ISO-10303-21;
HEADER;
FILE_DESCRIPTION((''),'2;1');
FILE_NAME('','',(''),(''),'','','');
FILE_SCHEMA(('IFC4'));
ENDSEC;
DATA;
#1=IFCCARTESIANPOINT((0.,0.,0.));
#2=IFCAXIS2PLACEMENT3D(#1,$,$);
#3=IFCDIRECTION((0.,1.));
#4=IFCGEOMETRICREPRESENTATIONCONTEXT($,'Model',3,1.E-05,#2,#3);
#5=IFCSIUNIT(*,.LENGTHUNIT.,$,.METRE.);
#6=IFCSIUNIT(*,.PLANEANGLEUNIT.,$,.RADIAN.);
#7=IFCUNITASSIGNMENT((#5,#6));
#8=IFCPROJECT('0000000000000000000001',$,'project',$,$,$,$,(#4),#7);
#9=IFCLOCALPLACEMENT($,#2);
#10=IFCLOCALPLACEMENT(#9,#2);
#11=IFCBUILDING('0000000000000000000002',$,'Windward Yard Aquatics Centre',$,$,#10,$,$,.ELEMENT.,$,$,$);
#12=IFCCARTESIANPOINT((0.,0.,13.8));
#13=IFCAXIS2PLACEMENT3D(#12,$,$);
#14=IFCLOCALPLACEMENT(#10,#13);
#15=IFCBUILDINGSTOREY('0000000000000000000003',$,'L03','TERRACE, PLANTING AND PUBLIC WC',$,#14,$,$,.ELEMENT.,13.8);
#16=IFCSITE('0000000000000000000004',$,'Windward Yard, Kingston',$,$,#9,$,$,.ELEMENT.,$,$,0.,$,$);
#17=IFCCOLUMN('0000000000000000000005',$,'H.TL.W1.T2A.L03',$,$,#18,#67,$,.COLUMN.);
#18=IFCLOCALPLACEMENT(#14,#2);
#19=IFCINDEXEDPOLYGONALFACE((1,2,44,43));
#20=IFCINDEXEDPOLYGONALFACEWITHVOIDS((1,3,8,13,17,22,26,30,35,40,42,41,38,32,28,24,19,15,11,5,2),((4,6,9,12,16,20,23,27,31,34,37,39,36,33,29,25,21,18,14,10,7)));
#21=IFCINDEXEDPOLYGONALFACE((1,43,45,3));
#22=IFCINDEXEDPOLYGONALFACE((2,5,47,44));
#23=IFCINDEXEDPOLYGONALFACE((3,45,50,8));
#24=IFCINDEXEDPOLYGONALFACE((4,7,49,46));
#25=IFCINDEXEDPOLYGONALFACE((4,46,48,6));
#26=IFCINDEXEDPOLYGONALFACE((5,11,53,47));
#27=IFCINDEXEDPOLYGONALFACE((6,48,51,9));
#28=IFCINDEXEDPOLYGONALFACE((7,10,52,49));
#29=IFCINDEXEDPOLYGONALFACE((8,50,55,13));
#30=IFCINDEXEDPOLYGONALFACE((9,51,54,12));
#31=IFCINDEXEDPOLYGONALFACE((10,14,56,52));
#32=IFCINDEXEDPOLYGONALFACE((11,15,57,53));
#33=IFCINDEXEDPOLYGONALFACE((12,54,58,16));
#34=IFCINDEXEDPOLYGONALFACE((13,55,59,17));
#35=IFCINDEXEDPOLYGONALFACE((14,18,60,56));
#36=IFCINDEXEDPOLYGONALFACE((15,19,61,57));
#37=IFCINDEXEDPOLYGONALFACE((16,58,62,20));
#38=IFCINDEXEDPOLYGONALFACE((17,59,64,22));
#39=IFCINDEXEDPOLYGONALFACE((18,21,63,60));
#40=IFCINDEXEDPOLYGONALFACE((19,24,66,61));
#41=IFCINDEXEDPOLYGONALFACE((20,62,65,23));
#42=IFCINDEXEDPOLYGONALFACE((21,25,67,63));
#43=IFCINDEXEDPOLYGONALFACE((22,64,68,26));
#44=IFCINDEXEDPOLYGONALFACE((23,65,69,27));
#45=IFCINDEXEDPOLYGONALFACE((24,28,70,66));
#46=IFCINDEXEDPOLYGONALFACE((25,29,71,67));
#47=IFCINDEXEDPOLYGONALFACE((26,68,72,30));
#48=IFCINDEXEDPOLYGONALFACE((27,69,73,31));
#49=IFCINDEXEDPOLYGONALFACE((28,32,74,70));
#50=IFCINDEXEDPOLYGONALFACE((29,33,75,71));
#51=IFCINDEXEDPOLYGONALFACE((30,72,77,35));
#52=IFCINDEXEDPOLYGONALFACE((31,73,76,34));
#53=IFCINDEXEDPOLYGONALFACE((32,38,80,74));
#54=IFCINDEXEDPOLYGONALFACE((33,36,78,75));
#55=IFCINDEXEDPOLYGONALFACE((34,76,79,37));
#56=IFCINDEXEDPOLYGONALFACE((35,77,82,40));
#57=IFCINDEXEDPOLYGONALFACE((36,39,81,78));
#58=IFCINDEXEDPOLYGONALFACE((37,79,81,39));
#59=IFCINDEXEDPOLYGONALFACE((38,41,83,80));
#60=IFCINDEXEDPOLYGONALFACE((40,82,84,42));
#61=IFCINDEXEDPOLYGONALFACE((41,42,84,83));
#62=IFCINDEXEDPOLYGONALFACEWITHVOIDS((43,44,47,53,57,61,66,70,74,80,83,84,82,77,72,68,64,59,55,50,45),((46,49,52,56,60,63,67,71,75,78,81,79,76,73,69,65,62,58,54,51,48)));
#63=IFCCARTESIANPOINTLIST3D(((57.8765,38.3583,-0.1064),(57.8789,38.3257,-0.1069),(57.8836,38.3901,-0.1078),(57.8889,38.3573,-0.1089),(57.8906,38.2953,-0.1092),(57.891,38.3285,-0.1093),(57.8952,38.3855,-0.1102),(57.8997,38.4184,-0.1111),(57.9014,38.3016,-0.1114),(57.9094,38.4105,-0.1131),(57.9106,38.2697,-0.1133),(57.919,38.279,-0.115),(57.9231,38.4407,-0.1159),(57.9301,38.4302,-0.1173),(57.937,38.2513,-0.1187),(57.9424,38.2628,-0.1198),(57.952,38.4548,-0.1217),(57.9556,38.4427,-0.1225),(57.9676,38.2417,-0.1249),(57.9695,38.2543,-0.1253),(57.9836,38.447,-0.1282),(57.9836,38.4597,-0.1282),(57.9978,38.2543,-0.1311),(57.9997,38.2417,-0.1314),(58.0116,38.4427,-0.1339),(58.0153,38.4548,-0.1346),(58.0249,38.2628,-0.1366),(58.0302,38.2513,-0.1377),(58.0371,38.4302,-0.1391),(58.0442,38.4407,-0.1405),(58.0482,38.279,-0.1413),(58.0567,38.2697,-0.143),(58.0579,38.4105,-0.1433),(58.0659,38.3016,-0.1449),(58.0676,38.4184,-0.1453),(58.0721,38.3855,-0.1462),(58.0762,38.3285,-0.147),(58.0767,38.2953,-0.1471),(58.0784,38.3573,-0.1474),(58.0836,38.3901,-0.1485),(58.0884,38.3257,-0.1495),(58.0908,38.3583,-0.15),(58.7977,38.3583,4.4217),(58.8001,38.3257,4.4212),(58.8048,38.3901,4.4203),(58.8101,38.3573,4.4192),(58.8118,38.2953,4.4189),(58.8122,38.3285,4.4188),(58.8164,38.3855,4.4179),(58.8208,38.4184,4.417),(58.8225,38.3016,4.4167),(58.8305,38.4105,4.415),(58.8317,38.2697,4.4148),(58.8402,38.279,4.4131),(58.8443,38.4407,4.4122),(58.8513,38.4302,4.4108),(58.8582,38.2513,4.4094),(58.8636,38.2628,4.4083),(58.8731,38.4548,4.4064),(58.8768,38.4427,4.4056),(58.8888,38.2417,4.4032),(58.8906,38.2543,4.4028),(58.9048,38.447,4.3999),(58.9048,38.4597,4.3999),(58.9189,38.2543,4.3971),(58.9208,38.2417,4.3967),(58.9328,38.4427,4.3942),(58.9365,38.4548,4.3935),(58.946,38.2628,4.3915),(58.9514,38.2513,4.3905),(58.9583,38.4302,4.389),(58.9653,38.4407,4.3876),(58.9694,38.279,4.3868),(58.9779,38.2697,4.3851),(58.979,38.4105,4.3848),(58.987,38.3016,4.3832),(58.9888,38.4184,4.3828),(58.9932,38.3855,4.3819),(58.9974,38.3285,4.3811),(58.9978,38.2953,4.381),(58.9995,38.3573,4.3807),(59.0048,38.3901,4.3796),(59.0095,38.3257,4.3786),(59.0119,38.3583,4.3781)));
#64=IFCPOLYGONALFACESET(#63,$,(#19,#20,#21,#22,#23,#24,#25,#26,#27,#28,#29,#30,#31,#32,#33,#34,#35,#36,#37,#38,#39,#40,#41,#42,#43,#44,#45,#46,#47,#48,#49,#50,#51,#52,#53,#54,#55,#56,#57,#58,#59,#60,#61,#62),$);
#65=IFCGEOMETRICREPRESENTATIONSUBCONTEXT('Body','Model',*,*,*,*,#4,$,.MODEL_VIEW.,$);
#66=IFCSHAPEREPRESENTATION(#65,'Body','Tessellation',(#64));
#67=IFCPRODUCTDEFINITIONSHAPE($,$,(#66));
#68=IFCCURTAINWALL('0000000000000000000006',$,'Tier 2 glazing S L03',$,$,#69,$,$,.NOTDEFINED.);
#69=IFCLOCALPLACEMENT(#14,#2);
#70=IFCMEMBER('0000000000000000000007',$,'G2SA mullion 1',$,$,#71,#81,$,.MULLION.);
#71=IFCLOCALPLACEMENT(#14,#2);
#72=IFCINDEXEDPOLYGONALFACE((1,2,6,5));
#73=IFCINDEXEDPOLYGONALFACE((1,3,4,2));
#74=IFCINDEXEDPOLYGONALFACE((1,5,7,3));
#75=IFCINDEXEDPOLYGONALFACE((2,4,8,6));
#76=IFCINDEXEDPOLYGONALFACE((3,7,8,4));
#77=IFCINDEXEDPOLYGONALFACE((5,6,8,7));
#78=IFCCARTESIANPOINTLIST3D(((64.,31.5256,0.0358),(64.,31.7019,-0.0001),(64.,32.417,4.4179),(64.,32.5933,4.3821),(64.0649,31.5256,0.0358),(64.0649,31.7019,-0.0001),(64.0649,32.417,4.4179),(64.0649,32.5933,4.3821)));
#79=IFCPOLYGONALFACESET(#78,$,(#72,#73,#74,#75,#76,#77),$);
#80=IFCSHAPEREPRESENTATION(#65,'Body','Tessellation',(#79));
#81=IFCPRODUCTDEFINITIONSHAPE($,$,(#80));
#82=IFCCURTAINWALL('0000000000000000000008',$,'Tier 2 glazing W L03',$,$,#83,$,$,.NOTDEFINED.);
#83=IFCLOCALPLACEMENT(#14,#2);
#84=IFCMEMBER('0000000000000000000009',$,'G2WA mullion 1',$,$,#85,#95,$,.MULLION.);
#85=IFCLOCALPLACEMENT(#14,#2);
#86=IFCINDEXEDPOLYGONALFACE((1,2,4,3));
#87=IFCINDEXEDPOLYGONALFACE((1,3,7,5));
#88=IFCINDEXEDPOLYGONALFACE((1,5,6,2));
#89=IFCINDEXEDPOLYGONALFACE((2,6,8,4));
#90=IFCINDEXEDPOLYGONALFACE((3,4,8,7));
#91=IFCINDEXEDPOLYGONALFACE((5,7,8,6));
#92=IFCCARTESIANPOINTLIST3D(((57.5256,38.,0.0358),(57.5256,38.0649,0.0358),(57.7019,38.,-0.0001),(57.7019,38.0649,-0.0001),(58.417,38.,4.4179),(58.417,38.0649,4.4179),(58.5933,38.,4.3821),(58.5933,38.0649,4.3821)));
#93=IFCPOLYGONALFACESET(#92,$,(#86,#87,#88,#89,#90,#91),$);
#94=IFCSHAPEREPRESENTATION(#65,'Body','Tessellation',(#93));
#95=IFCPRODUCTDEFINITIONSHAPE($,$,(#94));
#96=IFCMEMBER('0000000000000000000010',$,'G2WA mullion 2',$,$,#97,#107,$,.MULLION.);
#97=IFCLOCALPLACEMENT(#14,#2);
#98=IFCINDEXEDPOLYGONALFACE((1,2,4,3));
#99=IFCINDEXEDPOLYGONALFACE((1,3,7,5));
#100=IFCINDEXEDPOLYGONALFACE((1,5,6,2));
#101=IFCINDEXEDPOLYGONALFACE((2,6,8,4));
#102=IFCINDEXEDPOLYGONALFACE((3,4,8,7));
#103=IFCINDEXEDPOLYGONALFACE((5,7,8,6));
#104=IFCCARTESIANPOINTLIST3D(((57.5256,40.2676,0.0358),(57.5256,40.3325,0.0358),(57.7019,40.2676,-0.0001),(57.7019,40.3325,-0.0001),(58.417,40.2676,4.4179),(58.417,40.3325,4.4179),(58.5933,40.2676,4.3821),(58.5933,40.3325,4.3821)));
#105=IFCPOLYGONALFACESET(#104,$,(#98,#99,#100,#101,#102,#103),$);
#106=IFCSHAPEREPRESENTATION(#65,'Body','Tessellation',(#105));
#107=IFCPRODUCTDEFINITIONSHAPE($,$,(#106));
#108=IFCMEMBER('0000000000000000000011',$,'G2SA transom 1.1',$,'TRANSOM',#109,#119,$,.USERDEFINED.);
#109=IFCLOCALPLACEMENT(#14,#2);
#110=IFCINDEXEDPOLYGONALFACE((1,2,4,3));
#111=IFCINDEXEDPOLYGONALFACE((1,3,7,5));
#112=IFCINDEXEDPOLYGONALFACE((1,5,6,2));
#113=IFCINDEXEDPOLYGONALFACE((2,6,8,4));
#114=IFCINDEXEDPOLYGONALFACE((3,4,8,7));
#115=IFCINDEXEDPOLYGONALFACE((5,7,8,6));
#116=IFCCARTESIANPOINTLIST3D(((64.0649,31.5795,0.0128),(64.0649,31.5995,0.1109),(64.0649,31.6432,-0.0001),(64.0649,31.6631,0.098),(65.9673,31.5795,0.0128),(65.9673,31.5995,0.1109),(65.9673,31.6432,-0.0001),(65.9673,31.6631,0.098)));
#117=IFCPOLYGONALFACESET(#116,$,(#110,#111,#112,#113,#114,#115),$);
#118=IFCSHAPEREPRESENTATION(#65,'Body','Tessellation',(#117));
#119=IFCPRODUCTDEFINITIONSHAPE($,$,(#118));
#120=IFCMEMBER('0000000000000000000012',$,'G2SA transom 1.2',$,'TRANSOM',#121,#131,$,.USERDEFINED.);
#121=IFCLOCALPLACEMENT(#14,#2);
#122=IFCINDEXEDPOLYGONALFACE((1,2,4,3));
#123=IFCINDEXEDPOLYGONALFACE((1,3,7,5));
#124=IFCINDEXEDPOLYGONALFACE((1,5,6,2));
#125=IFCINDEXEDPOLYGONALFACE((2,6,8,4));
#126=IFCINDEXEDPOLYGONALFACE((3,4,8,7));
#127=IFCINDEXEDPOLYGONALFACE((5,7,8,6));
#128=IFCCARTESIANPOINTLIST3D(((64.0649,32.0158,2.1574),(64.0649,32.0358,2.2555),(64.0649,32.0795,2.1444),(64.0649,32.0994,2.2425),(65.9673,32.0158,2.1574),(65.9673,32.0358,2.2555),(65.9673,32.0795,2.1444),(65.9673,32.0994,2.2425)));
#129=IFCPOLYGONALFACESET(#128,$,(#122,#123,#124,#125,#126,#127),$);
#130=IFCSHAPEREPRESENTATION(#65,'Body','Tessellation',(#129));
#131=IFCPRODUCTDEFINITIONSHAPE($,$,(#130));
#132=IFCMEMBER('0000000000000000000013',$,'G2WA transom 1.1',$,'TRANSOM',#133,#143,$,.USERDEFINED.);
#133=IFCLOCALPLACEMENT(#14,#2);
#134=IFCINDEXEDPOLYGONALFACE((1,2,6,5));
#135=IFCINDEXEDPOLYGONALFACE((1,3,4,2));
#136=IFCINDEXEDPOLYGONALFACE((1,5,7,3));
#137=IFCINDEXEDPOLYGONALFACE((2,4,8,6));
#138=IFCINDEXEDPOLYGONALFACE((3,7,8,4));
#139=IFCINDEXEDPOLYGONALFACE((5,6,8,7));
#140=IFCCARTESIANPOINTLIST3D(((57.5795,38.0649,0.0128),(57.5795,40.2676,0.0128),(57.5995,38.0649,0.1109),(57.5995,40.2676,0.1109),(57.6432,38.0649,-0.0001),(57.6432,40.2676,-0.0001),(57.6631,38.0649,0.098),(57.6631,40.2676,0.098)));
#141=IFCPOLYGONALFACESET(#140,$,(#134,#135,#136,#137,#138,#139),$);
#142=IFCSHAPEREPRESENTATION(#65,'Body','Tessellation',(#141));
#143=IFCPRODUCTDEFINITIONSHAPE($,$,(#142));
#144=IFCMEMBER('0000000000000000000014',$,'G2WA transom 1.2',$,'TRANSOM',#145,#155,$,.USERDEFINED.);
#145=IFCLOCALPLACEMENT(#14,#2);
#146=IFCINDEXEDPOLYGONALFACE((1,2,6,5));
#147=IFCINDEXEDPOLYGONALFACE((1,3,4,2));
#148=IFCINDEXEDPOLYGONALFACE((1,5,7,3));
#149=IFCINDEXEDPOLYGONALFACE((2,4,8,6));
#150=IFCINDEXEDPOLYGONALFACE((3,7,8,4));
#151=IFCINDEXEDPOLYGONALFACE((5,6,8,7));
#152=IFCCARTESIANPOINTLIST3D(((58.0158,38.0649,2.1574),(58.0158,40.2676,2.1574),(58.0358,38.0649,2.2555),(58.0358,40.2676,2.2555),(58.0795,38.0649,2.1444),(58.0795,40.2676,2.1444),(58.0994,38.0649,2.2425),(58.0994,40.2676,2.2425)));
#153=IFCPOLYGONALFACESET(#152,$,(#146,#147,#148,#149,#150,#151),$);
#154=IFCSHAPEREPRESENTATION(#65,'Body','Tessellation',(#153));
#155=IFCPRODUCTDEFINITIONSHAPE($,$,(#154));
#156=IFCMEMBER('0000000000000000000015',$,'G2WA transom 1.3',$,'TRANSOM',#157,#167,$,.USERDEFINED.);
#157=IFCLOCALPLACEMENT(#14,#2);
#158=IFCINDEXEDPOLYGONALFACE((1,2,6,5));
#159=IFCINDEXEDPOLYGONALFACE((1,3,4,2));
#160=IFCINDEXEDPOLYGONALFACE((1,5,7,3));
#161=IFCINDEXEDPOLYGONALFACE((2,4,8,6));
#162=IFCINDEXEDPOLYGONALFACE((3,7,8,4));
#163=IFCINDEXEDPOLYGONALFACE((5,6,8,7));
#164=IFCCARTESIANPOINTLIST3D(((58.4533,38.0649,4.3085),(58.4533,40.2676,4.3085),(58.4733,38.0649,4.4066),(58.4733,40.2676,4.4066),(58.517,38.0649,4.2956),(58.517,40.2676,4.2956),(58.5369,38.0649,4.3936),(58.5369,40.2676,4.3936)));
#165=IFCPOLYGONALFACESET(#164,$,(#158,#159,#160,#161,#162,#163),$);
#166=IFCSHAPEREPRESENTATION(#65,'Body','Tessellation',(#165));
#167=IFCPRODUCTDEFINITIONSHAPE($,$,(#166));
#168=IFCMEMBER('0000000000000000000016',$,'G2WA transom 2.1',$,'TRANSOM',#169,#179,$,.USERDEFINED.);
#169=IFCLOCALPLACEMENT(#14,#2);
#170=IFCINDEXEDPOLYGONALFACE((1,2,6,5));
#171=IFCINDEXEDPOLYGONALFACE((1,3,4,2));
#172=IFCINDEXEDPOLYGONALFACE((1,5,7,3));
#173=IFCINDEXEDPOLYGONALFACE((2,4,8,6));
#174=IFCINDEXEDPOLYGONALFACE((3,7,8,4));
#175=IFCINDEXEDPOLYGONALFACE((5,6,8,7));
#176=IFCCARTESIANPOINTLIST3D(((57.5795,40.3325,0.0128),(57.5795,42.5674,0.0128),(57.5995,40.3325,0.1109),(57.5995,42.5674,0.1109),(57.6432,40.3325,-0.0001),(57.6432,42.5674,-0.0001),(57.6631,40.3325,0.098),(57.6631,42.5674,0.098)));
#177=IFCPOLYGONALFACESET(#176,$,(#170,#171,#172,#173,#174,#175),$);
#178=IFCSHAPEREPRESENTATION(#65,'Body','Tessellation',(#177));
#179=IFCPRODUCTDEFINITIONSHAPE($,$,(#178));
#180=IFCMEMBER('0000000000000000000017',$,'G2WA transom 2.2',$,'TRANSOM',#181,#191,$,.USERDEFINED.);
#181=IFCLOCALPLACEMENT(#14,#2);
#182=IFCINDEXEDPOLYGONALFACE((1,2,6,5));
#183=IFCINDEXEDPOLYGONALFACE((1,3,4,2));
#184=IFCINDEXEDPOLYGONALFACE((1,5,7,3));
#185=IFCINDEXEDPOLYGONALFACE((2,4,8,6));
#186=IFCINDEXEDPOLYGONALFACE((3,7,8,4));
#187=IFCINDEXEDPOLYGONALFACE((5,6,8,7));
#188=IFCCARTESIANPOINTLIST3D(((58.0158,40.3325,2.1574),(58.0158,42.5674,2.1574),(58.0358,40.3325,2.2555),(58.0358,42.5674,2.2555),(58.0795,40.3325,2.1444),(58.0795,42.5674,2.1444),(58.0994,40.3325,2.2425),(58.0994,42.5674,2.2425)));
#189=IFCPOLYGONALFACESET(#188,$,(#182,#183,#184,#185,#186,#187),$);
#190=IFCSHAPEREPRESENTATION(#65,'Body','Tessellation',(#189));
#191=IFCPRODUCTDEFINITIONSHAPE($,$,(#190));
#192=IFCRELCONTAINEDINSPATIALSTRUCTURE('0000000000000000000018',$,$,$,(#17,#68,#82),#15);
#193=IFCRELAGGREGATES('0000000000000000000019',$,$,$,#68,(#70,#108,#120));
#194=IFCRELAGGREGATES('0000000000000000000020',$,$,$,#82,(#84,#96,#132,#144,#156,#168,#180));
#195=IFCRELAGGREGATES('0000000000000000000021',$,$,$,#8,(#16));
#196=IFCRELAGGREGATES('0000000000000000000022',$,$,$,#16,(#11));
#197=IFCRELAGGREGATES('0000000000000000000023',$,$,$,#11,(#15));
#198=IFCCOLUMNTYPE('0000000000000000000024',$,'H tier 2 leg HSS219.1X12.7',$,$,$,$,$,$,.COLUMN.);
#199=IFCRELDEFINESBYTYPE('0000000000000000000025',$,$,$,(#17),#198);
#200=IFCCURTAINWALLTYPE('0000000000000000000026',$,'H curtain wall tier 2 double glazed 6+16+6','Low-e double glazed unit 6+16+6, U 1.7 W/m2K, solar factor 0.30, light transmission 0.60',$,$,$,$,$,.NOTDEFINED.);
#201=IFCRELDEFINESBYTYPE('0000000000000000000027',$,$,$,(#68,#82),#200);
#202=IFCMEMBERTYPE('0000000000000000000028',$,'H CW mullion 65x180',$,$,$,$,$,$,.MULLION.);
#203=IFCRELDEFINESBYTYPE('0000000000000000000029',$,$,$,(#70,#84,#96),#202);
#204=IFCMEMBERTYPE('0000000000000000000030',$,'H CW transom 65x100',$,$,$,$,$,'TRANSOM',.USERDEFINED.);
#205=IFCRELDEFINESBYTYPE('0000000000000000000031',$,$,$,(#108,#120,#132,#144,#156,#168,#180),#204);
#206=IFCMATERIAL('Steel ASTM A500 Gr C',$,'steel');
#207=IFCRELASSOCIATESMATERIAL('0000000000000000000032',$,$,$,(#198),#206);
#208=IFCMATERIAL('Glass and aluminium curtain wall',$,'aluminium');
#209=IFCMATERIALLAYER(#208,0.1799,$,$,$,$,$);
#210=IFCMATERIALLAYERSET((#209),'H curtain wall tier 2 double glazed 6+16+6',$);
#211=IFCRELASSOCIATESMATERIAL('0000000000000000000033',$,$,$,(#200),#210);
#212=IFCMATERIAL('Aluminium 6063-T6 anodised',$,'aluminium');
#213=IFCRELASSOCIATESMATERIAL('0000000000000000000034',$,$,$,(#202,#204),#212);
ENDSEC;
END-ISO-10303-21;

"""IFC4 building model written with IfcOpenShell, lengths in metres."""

from ifc_helpers import new_model, si_unit, direction, frame, origin, origin_2d, place, context, subcontext, project, spatial, rectangle, hollow_circle, extrude, material, layer, layer_set, material_profile, profile_set, type_object, element, aggregate, save


model = new_model("IFC4")

# Units and contexts
model_context = context("Model", 3, precision=1e-05, world=origin(), true_north=direction((0.0, 1.0)))
body_context = subcontext(model_context, "Body", "Model", "MODEL_VIEW")
ifc_project = project(units=[si_unit("LENGTHUNIT", "METRE"), si_unit("PLANEANGLEUNIT", "RADIAN")], contexts=[model_context])

# Site, building, storey
site_placement = place(None, origin())
site = spatial("IfcSite", under=ifc_project, at=site_placement, Name="Windward Yard, Kingston", CompositionType="ELEMENT", RefElevation=0.0)
building_placement = place(site_placement, origin())
building = spatial("IfcBuilding", under=site, at=building_placement, Name="Windward Yard Aquatics Centre", CompositionType="ELEMENT")
storey_placement = place(building_placement, frame((0.0, 0.0, 13.8)))
storey = spatial("IfcBuildingStorey", under=building, at=storey_placement, Name="L03", Description="TERRACE, PLANTING AND PUBLIC WC", CompositionType="ELEMENT", Elevation=13.8)

# Column
ifc_material_1 = material(Name="Steel ASTM A500 Gr C", Category="steel")
ifc_material_profile_1 = material_profile(ifc_material_1, hollow_circle(Radius=0.1096, WallThickness=0.0127, at=origin_2d()), Name="HSS219.1X12.7")
ifc_profile_set_1 = profile_set([ifc_material_profile_1], Name="Steel ASTM A500 Gr C")
column_type = type_object("IfcColumnType", Name="H tier 2 leg HSS219.1X12.7", PredefinedType="COLUMN", material=ifc_profile_set_1)
column_placement = place(storey_placement, frame((57.9836, 38.3501, -0.1282), z_axis=(0.199346, 0.0, 0.979929), x_axis=(0.0, 1.0, 0.0)))
element("IfcColumn", 1, at=column_placement, inside=storey, type_object=column_type, Name="H.TL.W1.T2A.L03", PredefinedType="COLUMN", context=body_context, shape_type="SweptSolid", body=[
    extrude(hollow_circle(Radius=0.1096, WallThickness=0.0127, at=origin_2d()), origin(), (0.0, 0.0, 1.0), 4.6208),
])

# Curtain wall, member
ifc_material_2 = material(Name="Glass and aluminium curtain wall", Category="aluminium")
ifc_layer_1 = layer(ifc_material_2, 0.1799)
ifc_layer_set_1 = layer_set([ifc_layer_1], Name="H curtain wall tier 2 double glazed 6+16+6")
curtain_wall_type = type_object("IfcCurtainWallType", Name="H curtain wall tier 2 double glazed 6+16+6", Description="Low-e double glazed unit 6+16+6, U 1.7 W/m2K, solar factor 0.30, light transmission 0.60", PredefinedType="NOTDEFINED", material=ifc_layer_set_1)
curtain_wall_1_placement = place(storey_placement, origin())
curtain_wall_1 = element("IfcCurtainWall", 2, at=curtain_wall_1_placement, inside=storey, type_object=curtain_wall_type, Name="Tier 2 glazing S L03", PredefinedType="NOTDEFINED")
ifc_material_3 = material(Name="Aluminium 6063-T6 anodised", Category="aluminium")
ifc_material_profile_2 = material_profile(ifc_material_3, rectangle(XDim=0.0649, YDim=0.1799, at=origin_2d()), Name="H CW mullion 65x180")
ifc_profile_set_2 = profile_set([ifc_material_profile_2], Name="Aluminium 6063-T6 anodised")
member_type_1 = type_object("IfcMemberType", Name="H CW mullion 65x180", PredefinedType="MULLION", material=ifc_profile_set_2)
member_1_placement = place(storey_placement, frame((64.0325, 31.6138, 0.0178), z_axis=(0.0, 0.199328, 0.979933), x_axis=(-1.0, 0.0, 0.0)))
member_1 = element("IfcMember", 3, at=member_1_placement, type_object=member_type_1, Name="G2SA mullion 1", PredefinedType="MULLION", context=body_context, shape_type="SweptSolid", body=[
    extrude(rectangle(XDim=0.0649, YDim=0.1799, at=origin_2d()), origin(), (0.0, 0.0, 1.0), 4.4719),
])

# Curtain wall, members
curtain_wall_2_placement = place(storey_placement, origin())
curtain_wall_2 = element("IfcCurtainWall", 4, at=curtain_wall_2_placement, inside=storey, type_object=curtain_wall_type, Name="Tier 2 glazing W L03", PredefinedType="NOTDEFINED")
member_2_placement = place(storey_placement, frame((57.6138, 38.0325, 0.0178), z_axis=(0.199328, 0.0, 0.979933), x_axis=(0.0, 1.0, 0.0)))
member_2 = element("IfcMember", 5, at=member_2_placement, type_object=member_type_1, Name="G2WA mullion 1", PredefinedType="MULLION", context=body_context, shape_type="SweptSolid", body=[
    extrude(rectangle(XDim=0.0649, YDim=0.1799, at=origin_2d()), origin(), (0.0, 0.0, 1.0), 4.4719),
])
member_3_placement = place(storey_placement, frame((57.6138, 40.3, 0.0178), z_axis=(0.199328, 0.0, 0.979933), x_axis=(0.0, 1.0, 0.0)))
member_3 = element("IfcMember", 6, at=member_3_placement, type_object=member_type_1, Name="G2WA mullion 2", PredefinedType="MULLION", context=body_context, shape_type="SweptSolid", body=[
    extrude(rectangle(XDim=0.0649, YDim=0.1799, at=origin_2d()), origin(), (0.0, 0.0, 1.0), 4.4719),
])

# Members
ifc_material_profile_3 = material_profile(ifc_material_3, rectangle(XDim=0.0649, YDim=0.1001, at=origin_2d()), Name="H CW transom 65x100")
ifc_profile_set_3 = profile_set([ifc_material_profile_3], Name="Aluminium 6063-T6 anodised")
member_type_2 = type_object("IfcMemberType", Name="H CW transom 65x100", ElementType="TRANSOM", PredefinedType="USERDEFINED", material=ifc_profile_set_3)
member_4_placement = place(storey_placement, frame((64.0649, 31.6213, 0.0554), z_axis=(1.0, 0.0, 0.0), x_axis=(0.0, -0.979925, 0.199368)))
member_4 = element("IfcMember", 7, at=member_4_placement, type_object=member_type_2, Name="G2SA transom 1.1", ObjectType="TRANSOM", PredefinedType="USERDEFINED", context=body_context, shape_type="SweptSolid", body=[
    extrude(rectangle(XDim=0.0649, YDim=0.1001, at=origin_2d()), origin(), (0.0, 0.0, 1.0), 1.9023),
])
member_5_placement = place(storey_placement, frame((64.0649, 32.0576, 2.2), z_axis=(1.0, 0.0, 0.0), x_axis=(0.0, -0.979925, 0.199368)))
member_5 = element("IfcMember", 8, at=member_5_placement, type_object=member_type_2, Name="G2SA transom 1.2", ObjectType="TRANSOM", PredefinedType="USERDEFINED", context=body_context, shape_type="SweptSolid", body=[
    extrude(rectangle(XDim=0.0649, YDim=0.1001, at=origin_2d()), origin(), (0.0, 0.0, 1.0), 1.9023),
])
member_6_placement = place(storey_placement, frame((57.6213, 38.0649, 0.0554), z_axis=(0.0, 1.0, 0.0), x_axis=(-0.979925, 0.0, 0.199368)))
member_6 = element("IfcMember", 9, at=member_6_placement, type_object=member_type_2, Name="G2WA transom 1.1", ObjectType="TRANSOM", PredefinedType="USERDEFINED", context=body_context, shape_type="SweptSolid", body=[
    extrude(rectangle(XDim=0.0649, YDim=0.1001, at=origin_2d()), origin(), (0.0, 0.0, 1.0), 2.2026),
])
member_7_placement = place(storey_placement, frame((58.0576, 38.0649, 2.2), z_axis=(0.0, 1.0, 0.0), x_axis=(-0.979925, 0.0, 0.199368)))
member_7 = element("IfcMember", 10, at=member_7_placement, type_object=member_type_2, Name="G2WA transom 1.2", ObjectType="TRANSOM", PredefinedType="USERDEFINED", context=body_context, shape_type="SweptSolid", body=[
    extrude(rectangle(XDim=0.0649, YDim=0.1001, at=origin_2d()), origin(), (0.0, 0.0, 1.0), 2.2026),
])
member_8_placement = place(storey_placement, frame((58.4951, 38.0649, 4.3511), z_axis=(0.0, 1.0, 0.0), x_axis=(-0.979925, 0.0, 0.199368)))
member_8 = element("IfcMember", 11, at=member_8_placement, type_object=member_type_2, Name="G2WA transom 1.3", ObjectType="TRANSOM", PredefinedType="USERDEFINED", context=body_context, shape_type="SweptSolid", body=[
    extrude(rectangle(XDim=0.0649, YDim=0.1001, at=origin_2d()), origin(), (0.0, 0.0, 1.0), 2.2026),
])
member_9_placement = place(storey_placement, frame((57.6213, 40.3325, 0.0554), z_axis=(0.0, 1.0, 0.0), x_axis=(-0.979925, 0.0, 0.199368)))
member_9 = element("IfcMember", 12, at=member_9_placement, type_object=member_type_2, Name="G2WA transom 2.1", ObjectType="TRANSOM", PredefinedType="USERDEFINED", context=body_context, shape_type="SweptSolid", body=[
    extrude(rectangle(XDim=0.0649, YDim=0.1001, at=origin_2d()), origin(), (0.0, 0.0, 1.0), 2.2349),
])
member_10_placement = place(storey_placement, frame((58.0576, 40.3325, 2.2), z_axis=(0.0, 1.0, 0.0), x_axis=(-0.979925, 0.0, 0.199368)))
member_10 = element("IfcMember", 13, at=member_10_placement, type_object=member_type_2, Name="G2WA transom 2.2", ObjectType="TRANSOM", PredefinedType="USERDEFINED", context=body_context, shape_type="SweptSolid", body=[
    extrude(rectangle(XDim=0.0649, YDim=0.1001, at=origin_2d()), origin(), (0.0, 0.0, 1.0), 2.2349),
])

aggregate(curtain_wall_1, [member_1, member_4, member_5])
aggregate(curtain_wall_2, [member_2, member_3, member_6, member_7, member_8, member_9, member_10])

save(model, "model.ifc")
